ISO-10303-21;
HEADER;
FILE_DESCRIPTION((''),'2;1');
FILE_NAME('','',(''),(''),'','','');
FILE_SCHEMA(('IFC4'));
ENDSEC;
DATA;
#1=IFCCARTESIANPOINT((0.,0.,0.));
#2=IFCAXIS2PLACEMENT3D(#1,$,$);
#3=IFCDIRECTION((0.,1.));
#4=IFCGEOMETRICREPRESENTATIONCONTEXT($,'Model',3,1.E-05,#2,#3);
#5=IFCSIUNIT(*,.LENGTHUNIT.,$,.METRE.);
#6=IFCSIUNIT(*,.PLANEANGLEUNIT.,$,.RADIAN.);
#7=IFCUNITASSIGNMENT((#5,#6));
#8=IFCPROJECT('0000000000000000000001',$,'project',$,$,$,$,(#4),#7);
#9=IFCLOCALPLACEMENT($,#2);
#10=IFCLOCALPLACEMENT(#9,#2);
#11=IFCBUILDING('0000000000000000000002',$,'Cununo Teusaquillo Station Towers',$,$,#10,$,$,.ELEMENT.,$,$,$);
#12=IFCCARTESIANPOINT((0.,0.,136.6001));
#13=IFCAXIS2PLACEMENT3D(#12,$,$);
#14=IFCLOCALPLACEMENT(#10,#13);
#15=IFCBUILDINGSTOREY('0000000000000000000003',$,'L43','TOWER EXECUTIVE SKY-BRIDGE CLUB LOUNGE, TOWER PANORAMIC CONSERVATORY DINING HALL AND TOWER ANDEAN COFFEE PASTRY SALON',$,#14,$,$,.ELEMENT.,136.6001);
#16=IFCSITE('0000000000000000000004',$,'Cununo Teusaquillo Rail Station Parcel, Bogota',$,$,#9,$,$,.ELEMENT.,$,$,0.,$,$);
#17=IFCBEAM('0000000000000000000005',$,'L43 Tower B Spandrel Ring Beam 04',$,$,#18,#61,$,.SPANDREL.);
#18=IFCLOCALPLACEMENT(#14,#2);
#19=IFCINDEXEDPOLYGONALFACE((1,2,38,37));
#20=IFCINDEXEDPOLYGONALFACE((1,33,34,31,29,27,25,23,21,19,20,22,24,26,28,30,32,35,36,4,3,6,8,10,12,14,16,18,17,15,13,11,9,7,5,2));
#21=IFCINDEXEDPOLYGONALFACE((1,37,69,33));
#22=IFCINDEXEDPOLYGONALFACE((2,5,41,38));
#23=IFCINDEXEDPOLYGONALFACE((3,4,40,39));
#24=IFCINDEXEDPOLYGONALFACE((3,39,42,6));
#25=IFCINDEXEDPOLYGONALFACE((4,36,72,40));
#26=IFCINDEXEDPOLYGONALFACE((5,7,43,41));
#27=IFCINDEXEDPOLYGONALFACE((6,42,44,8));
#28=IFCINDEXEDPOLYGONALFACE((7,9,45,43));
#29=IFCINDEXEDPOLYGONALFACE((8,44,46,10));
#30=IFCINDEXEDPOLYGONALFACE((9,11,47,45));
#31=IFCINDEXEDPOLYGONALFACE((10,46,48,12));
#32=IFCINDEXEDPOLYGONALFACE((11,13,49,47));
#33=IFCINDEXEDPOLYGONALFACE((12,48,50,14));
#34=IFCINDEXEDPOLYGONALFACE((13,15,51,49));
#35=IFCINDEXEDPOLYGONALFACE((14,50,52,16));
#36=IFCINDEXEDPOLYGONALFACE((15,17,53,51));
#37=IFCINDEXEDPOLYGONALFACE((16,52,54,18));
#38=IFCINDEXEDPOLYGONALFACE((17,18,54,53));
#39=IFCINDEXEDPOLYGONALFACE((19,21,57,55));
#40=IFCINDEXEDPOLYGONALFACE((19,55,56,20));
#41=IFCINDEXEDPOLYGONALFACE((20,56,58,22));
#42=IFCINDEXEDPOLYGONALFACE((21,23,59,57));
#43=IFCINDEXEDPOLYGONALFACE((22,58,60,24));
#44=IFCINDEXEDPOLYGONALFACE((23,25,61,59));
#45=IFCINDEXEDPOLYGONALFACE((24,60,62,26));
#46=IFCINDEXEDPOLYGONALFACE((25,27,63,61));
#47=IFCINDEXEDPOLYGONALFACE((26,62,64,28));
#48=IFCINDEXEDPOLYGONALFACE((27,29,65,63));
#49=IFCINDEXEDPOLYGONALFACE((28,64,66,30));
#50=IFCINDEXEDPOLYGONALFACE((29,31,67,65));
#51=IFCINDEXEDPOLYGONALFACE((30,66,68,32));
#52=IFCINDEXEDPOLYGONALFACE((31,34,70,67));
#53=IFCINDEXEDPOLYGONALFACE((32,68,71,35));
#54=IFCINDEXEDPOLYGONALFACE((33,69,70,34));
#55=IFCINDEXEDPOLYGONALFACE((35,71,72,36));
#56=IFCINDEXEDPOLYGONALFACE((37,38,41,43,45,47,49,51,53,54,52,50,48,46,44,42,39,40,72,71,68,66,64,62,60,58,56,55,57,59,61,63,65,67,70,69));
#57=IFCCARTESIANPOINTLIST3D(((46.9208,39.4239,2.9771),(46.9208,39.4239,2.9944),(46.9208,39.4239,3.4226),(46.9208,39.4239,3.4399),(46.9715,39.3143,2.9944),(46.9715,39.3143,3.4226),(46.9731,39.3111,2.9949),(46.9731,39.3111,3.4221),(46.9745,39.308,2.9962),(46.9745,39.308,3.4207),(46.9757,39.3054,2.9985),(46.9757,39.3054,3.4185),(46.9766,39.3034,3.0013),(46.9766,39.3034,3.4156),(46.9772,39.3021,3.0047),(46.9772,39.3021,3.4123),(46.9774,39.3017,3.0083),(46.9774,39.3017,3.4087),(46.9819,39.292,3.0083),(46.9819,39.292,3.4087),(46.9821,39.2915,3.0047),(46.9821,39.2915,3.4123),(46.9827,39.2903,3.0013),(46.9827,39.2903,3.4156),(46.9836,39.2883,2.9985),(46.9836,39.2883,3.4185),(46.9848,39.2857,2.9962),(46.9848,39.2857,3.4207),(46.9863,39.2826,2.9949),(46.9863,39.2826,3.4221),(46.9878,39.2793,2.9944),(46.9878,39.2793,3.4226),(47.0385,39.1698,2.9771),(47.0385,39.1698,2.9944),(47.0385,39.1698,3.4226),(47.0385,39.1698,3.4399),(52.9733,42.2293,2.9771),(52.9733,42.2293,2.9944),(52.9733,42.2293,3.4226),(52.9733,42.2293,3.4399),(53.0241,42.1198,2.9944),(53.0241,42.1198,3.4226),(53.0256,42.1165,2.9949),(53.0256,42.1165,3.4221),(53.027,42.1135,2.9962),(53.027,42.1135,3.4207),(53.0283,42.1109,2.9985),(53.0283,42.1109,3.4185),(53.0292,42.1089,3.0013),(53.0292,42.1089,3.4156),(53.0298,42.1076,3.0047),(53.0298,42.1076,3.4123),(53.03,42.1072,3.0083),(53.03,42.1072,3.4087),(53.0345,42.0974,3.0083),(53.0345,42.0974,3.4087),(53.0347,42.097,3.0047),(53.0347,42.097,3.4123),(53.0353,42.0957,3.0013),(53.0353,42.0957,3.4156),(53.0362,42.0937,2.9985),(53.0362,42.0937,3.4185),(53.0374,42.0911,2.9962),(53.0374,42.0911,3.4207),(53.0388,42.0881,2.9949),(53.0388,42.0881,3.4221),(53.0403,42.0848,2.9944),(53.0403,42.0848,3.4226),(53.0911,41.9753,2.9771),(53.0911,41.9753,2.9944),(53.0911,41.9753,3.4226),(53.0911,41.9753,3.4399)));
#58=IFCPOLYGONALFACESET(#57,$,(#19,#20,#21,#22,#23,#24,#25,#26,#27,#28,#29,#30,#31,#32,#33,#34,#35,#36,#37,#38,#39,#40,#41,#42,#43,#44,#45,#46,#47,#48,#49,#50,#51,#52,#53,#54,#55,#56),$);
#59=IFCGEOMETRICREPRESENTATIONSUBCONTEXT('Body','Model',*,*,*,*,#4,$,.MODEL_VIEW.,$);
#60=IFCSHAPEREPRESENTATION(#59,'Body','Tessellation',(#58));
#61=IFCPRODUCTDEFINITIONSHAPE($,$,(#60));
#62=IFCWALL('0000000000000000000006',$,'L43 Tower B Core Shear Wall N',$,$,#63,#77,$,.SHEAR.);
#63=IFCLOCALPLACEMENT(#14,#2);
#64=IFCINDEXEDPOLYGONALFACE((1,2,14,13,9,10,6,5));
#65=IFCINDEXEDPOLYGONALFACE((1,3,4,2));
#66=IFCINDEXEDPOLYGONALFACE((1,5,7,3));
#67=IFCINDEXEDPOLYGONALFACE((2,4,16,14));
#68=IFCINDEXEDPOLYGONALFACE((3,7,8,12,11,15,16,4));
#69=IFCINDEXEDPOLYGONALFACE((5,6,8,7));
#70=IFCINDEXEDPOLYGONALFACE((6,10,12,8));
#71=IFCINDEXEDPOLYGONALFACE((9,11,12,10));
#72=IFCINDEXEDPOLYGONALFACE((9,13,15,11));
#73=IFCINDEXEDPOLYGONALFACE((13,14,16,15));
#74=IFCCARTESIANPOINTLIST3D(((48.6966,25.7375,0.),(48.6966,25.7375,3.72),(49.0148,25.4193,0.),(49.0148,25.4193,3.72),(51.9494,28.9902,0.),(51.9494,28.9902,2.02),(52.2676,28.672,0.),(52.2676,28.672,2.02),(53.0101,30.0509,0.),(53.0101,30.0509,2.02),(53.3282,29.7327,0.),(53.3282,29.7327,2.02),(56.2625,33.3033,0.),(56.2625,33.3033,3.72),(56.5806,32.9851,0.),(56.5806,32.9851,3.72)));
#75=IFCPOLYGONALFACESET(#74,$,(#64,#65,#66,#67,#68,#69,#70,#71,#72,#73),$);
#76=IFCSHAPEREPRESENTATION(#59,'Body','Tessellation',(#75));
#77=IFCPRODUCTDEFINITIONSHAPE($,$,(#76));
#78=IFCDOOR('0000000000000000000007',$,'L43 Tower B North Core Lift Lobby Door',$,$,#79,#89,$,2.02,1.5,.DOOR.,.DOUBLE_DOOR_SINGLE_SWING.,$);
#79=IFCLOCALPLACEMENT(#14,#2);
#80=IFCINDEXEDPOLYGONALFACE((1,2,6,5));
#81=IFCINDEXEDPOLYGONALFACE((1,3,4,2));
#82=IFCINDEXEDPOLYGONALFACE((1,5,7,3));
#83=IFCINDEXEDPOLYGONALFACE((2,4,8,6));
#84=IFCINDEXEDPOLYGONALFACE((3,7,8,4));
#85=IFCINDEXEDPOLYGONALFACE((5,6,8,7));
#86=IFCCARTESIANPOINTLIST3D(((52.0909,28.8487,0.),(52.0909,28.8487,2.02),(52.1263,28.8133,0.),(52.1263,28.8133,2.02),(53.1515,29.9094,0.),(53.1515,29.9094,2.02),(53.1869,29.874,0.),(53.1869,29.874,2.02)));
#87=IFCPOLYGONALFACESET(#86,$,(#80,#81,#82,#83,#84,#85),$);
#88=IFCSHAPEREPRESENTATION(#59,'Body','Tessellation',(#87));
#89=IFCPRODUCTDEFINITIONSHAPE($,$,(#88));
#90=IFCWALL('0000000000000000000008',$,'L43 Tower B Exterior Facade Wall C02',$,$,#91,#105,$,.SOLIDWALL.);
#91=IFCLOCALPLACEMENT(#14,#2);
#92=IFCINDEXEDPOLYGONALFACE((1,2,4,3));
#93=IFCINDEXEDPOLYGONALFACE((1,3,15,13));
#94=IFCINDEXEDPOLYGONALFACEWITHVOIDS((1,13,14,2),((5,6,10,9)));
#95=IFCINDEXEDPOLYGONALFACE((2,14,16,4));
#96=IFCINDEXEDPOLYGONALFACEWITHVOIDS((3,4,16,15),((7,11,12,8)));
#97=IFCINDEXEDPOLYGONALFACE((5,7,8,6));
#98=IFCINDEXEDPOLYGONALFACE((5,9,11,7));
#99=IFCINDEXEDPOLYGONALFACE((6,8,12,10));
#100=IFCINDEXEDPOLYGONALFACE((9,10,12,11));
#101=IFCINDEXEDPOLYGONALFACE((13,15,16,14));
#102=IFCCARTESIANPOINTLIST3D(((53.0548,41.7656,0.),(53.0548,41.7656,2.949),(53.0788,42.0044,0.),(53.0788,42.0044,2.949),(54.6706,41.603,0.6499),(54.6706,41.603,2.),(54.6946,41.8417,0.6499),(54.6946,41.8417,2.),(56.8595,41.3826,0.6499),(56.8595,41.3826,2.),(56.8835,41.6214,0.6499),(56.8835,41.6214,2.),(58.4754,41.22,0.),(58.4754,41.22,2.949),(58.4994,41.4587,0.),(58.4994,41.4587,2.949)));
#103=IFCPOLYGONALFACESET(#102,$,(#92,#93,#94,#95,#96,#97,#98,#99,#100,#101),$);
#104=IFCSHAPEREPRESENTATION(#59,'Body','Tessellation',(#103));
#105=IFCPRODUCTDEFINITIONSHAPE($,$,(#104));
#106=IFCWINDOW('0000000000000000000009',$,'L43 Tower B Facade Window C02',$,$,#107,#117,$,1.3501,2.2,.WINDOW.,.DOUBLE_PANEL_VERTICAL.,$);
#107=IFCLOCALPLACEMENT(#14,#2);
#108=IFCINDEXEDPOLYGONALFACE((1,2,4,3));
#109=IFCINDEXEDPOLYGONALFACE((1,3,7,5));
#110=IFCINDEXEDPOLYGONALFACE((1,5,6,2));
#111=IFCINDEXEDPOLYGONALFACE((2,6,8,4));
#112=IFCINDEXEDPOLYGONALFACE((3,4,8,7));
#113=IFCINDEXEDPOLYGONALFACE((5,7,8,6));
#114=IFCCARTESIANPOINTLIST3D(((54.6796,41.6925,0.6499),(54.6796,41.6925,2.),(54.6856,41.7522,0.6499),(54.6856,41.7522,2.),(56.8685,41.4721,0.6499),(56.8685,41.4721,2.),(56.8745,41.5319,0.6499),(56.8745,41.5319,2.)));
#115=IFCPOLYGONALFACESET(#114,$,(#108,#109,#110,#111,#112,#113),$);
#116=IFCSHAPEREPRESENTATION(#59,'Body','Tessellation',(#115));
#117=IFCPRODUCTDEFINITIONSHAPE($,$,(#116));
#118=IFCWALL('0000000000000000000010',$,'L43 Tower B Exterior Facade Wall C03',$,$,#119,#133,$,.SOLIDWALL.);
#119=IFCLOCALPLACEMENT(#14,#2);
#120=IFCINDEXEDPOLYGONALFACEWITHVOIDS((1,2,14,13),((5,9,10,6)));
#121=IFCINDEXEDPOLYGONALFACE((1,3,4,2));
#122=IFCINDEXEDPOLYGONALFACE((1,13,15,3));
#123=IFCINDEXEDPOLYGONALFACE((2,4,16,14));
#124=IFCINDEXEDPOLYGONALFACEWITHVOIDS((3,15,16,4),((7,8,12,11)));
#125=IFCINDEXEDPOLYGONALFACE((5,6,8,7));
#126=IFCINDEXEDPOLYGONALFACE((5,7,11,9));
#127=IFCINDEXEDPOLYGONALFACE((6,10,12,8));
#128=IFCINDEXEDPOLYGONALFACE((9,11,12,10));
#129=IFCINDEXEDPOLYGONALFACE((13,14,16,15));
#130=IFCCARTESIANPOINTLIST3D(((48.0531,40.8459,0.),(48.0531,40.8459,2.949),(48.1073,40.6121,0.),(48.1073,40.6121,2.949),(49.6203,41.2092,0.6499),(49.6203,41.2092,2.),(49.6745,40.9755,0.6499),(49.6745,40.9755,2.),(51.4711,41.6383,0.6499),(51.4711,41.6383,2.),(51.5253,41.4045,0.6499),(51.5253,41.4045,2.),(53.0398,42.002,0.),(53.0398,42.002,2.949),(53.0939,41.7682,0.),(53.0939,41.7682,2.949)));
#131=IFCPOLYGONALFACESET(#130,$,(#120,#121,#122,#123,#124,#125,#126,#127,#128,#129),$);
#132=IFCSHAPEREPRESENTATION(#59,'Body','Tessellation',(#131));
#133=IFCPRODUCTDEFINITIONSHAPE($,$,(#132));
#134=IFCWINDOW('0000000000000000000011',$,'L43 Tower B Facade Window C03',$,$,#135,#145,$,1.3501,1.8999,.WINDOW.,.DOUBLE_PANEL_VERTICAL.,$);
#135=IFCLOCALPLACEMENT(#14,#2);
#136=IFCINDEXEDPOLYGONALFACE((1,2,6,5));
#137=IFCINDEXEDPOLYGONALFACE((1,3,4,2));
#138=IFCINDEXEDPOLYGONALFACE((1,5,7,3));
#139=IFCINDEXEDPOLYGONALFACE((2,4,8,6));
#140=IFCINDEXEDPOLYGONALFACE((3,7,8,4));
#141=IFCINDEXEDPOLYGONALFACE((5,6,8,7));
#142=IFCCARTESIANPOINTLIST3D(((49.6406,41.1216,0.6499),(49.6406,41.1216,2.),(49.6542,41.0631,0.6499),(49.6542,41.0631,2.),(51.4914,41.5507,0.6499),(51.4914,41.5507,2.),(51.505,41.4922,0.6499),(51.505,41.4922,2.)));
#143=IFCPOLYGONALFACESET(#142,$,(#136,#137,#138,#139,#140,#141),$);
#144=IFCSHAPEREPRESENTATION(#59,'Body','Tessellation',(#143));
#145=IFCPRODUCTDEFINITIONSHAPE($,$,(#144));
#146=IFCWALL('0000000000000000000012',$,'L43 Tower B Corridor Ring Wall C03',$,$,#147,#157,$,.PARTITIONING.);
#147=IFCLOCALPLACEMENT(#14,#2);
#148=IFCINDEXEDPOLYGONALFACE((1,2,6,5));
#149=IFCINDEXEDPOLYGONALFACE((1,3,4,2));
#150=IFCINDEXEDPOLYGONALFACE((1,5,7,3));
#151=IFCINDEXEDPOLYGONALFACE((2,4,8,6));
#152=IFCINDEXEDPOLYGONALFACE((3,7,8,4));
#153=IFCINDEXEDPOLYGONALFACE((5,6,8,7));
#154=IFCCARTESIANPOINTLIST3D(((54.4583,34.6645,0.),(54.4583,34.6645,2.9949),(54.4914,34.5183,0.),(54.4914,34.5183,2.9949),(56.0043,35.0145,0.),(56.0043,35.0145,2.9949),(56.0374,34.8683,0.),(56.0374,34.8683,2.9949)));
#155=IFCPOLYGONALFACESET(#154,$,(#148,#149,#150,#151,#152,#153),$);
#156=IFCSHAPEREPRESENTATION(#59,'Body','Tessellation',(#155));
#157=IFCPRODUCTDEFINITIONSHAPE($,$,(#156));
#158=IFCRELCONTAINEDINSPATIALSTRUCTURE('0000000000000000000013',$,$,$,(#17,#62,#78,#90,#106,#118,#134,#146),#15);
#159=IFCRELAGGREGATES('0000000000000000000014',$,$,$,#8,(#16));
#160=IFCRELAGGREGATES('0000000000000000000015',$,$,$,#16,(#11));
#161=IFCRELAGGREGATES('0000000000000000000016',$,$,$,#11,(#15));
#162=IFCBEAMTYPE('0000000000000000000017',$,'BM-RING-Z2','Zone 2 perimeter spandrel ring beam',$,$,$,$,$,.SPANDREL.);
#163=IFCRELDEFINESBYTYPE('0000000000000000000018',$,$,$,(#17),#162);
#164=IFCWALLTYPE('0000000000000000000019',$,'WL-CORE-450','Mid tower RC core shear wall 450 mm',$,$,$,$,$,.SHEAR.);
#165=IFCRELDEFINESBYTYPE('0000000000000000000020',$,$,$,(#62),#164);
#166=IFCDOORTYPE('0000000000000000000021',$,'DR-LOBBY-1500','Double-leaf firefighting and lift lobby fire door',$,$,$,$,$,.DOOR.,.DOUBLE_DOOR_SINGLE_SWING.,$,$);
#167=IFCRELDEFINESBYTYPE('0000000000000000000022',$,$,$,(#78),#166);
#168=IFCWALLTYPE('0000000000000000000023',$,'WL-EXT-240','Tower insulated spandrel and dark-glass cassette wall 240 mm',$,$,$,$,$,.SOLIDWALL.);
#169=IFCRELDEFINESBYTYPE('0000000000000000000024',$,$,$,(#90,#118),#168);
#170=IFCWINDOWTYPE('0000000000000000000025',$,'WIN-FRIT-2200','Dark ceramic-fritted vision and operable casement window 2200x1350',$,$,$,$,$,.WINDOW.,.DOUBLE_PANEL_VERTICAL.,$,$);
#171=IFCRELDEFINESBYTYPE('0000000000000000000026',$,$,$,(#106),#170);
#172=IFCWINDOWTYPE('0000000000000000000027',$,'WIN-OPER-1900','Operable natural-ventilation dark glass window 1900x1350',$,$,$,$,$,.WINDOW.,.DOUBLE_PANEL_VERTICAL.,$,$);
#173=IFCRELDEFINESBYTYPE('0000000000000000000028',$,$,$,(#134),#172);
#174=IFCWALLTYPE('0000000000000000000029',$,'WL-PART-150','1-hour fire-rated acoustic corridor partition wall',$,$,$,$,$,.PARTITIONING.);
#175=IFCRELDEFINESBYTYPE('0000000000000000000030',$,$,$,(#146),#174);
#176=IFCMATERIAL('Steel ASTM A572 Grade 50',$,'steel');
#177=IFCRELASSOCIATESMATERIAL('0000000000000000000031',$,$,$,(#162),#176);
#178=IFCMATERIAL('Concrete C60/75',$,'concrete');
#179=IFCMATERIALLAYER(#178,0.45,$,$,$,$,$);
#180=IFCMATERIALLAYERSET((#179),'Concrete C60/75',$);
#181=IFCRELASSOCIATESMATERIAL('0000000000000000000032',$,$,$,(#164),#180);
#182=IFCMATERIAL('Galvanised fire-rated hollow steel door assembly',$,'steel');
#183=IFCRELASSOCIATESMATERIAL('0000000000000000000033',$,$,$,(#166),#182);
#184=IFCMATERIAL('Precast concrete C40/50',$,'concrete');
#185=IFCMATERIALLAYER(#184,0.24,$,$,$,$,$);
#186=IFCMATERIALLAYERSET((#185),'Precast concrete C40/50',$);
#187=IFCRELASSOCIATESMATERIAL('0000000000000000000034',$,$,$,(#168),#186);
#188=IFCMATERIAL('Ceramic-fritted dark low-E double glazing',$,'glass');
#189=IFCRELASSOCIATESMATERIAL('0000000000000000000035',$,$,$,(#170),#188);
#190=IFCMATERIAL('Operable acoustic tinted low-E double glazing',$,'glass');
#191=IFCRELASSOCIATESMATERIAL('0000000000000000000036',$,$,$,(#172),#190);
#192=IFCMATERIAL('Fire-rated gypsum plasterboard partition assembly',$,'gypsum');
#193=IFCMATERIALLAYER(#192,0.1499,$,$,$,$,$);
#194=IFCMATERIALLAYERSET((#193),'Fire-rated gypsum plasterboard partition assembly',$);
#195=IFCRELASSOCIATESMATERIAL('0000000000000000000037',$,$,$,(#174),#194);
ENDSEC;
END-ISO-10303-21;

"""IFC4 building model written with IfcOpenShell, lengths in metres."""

from ifc_helpers import new_model, si_unit, direction, frame, frame_2d, origin, origin_2d, place, context, subcontext, project, spatial, rectangle, i_section, extrude, source, transform, mapped, material, layer, layer_set, material_profile, profile_set, type_object, element, fill, save


model = new_model("IFC4")

# Units and contexts
model_context = context("Model", 3, precision=1e-05, world=origin(), true_north=direction((0.0, 1.0)))
body_context = subcontext(model_context, "Body", "Model", "MODEL_VIEW")
ifc_project = project(units=[si_unit("LENGTHUNIT", "METRE"), si_unit("PLANEANGLEUNIT", "RADIAN")], contexts=[model_context])

# Site, building, storey
site_placement = place(None, origin())
site = spatial("IfcSite", under=ifc_project, at=site_placement, Name="Cununo Teusaquillo Rail Station Parcel, Bogota", CompositionType="ELEMENT", RefElevation=0.0)
building_placement = place(site_placement, origin())
building = spatial("IfcBuilding", under=site, at=building_placement, Name="Cununo Teusaquillo Station Towers", CompositionType="ELEMENT")
storey_placement = place(building_placement, frame((0.0, 0.0, 136.6001)))
storey = spatial("IfcBuildingStorey", under=building, at=storey_placement, Name="L43", Description="TOWER EXECUTIVE SKY-BRIDGE CLUB LOUNGE, TOWER PANORAMIC CONSERVATORY DINING HALL AND TOWER ANDEAN COFFEE PASTRY SALON", CompositionType="ELEMENT", Elevation=136.6001)

# Beam
ifc_material_1 = material(Name="Steel ASTM A572 Grade 50", Category="steel")
ifc_material_profile_1 = material_profile(ifc_material_1, i_section(OverallWidth=0.28, OverallDepth=0.4629, WebThickness=0.0107, FlangeThickness=0.0173, FilletRadius=0.0139, at=origin_2d()), Name="W18X76")
ifc_profile_set_1 = profile_set([ifc_material_profile_1], Name="Steel ASTM A572 Grade 50")
beam_type_1 = type_object("IfcBeamType", Name="BM-RING-Z2", Description="Zone 2 perimeter spandrel ring beam", PredefinedType="SPANDREL", material=ifc_profile_set_1)
beam_1_placement = place(storey_placement, frame((53.0322, 42.1023, 3.2085), z_axis=(-0.907276, -0.420536, 0.0), x_axis=(0.420536, -0.907276, 0.0)))
element("IfcBeam", 1, at=beam_1_placement, inside=storey, type_object=beam_type_1, Name="L43 Tower B Spandrel Ring Beam 04", PredefinedType="SPANDREL", context=body_context, shape_type="SweptSolid", body=[
    extrude(i_section(OverallWidth=0.28, OverallDepth=0.4629, WebThickness=0.0107, FlangeThickness=0.0173, FilletRadius=0.0139, at=origin_2d()), origin(), (0.0, 0.0, 1.0), 6.6711),
])

# Wall, opening, door
ifc_material_2 = material(Name="Concrete C60/75", Category="concrete")
ifc_layer_1 = layer(ifc_material_2, 0.45)
ifc_layer_set_1 = layer_set([ifc_layer_1], Name="Concrete C60/75")
wall_type_1 = type_object("IfcWallType", Name="WL-CORE-450", Description="Mid tower RC core shear wall 450 mm", PredefinedType="SHEAR", material=ifc_layer_set_1)
wall_1_placement = place(storey_placement, frame((48.8557, 25.5784, 0.0), z_axis=(0.0, 0.0, 1.0), x_axis=(0.707107, 0.707107, 0.0)))
wall_1 = element("IfcWall", 2, at=wall_1_placement, inside=storey, type_object=wall_type_1, Name="L43 Tower B Core Shear Wall N", PredefinedType="SHEAR", context=body_context, shape_type="SweptSolid", body=[
    extrude(rectangle(XDim=10.6997, YDim=0.45, at=frame_2d((5.3499, 0.0))), origin(), (0.0, 0.0, 1.0), 3.72),
])
shared_shape_1 = source(origin(), body_context, "Body", "SweptSolid", [
    extrude(rectangle(XDim=1.5, YDim=2.02, at=frame_2d((0.75, 1.01))), frame((0.0, 0.2349, 0.0), z_axis=(0.0, -1.0, 0.0), x_axis=(1.0, 0.0, 0.0)), (0.0, 0.0, 1.0), 0.47),
])
opening_1_placement = place(wall_1_placement, frame((4.6001, 0.0, 0.0)))
opening_1 = element("IfcOpeningElement", 3, at=opening_1_placement, cuts=wall_1, PredefinedType="OPENING", context=body_context, shape_type="MappedRepresentation", body=[
    mapped(shared_shape_1, transform((0.0, 0.0, 0.0), x_axis=(1.0, 0.0, 0.0), y_axis=(0.0, 1.0, 0.0), z_axis=(0.0, 0.0, 1.0), scale=1.0)),
])
ifc_material_3 = material(Name="Galvanised fire-rated hollow steel door assembly", Category="steel")
door_type_1 = type_object("IfcDoorType", Name="DR-LOBBY-1500", Description="Double-leaf firefighting and lift lobby fire door", OperationType="DOUBLE_DOOR_SINGLE_SWING", PredefinedType="DOOR", material=ifc_material_3)
shared_shape_2 = source(origin(), body_context, "Body", "SweptSolid", [
    extrude(rectangle(XDim=1.5, YDim=2.02, at=frame_2d((0.75, 1.01))), frame((0.0, 0.0249, 0.0), z_axis=(0.0, -1.0, 0.0), x_axis=(1.0, 0.0, 0.0)), (0.0, 0.0, 1.0), 0.05),
])
door_1_placement = place(opening_1_placement, origin())
door_1 = element("IfcDoor", 4, at=door_1_placement, inside=storey, type_object=door_type_1, Name="L43 Tower B North Core Lift Lobby Door", OperationType="DOUBLE_DOOR_SINGLE_SWING", OverallHeight=2.02, OverallWidth=1.5, PredefinedType="DOOR", context=body_context, shape_type="MappedRepresentation", body=[
    mapped(shared_shape_2, transform((0.0, 0.0, 0.0), x_axis=(1.0, 0.0, 0.0), y_axis=(0.0, 1.0, 0.0), z_axis=(0.0, 0.0, 1.0), scale=1.0)),
])
fill(opening_1, door_1)

# Walls, openings, windows
ifc_material_4 = material(Name="Precast concrete C40/50", Category="concrete")
ifc_layer_2 = layer(ifc_material_4, 0.24)
ifc_layer_set_2 = layer_set([ifc_layer_2], Name="Precast concrete C40/50")
wall_type_2 = type_object("IfcWallType", Name="WL-EXT-240", Description="Tower insulated spandrel and dark-glass cassette wall 240 mm", PredefinedType="SOLIDWALL", material=ifc_layer_set_2)
wall_2_placement = place(storey_placement, frame((53.0667, 41.885, 0.0), z_axis=(0.0, 0.0, 1.0), x_axis=(0.994972, -0.100156, 0.0)))
wall_2 = element("IfcWall", 5, at=wall_2_placement, inside=storey, type_object=wall_type_2, Name="L43 Tower B Exterior Facade Wall C02", PredefinedType="SOLIDWALL", context=body_context, shape_type="SweptSolid", body=[
    extrude(rectangle(XDim=5.448, YDim=0.24, at=frame_2d((2.7241, 0.0))), origin(), (0.0, 0.0, 1.0), 2.949),
])
shared_shape_3 = source(origin(), body_context, "Body", "SweptSolid", [
    extrude(rectangle(XDim=2.2, YDim=1.3501, at=frame_2d((1.1001, 0.675))), frame((0.0, 0.1299, 0.0), z_axis=(0.0, -1.0, 0.0), x_axis=(1.0, 0.0, 0.0)), (0.0, 0.0, 1.0), 0.26),
])
opening_2_placement = place(wall_2_placement, frame((1.624, 0.0, 0.6499)))
opening_2 = element("IfcOpeningElement", 6, at=opening_2_placement, cuts=wall_2, PredefinedType="OPENING", context=body_context, shape_type="MappedRepresentation", body=[
    mapped(shared_shape_3, transform((0.0, 0.0, 0.0), x_axis=(1.0, 0.0, 0.0), y_axis=(0.0, 1.0, 0.0), z_axis=(0.0, 0.0, 1.0), scale=1.0)),
])
ifc_material_5 = material(Name="Ceramic-fritted dark low-E double glazing", Category="glass")
window_type_1 = type_object("IfcWindowType", Name="WIN-FRIT-2200", Description="Dark ceramic-fritted vision and operable casement window 2200x1350", PartitioningType="DOUBLE_PANEL_VERTICAL", PredefinedType="WINDOW", material=ifc_material_5)
shared_shape_4 = source(origin(), body_context, "Body", "SweptSolid", [
    extrude(rectangle(XDim=2.2, YDim=1.3501, at=frame_2d((1.1001, 0.675))), frame((0.0, 0.03, 0.0), z_axis=(0.0, -1.0, 0.0), x_axis=(1.0, 0.0, 0.0)), (0.0, 0.0, 1.0), 0.0601),
])
window_1_placement = place(opening_2_placement, origin())
window_1 = element("IfcWindow", 7, at=window_1_placement, inside=storey, type_object=window_type_1, Name="L43 Tower B Facade Window C02", OverallHeight=1.3501, OverallWidth=2.2, PartitioningType="DOUBLE_PANEL_VERTICAL", PredefinedType="WINDOW", context=body_context, shape_type="MappedRepresentation", body=[
    mapped(shared_shape_4, transform((0.0, 0.0, 0.0), x_axis=(1.0, 0.0, 0.0), y_axis=(0.0, 1.0, 0.0), z_axis=(0.0, 0.0, 1.0), scale=1.0)),
])
fill(opening_2, window_1)
wall_3_placement = place(storey_placement, frame((48.0801, 40.729, 0.0), z_axis=(0.0, 0.0, 1.0), x_axis=(0.974166, 0.225835, 0.0)))
wall_3 = element("IfcWall", 8, at=wall_3_placement, inside=storey, type_object=wall_type_2, Name="L43 Tower B Exterior Facade Wall C03", PredefinedType="SOLIDWALL", context=body_context, shape_type="SweptSolid", body=[
    extrude(rectangle(XDim=5.1189, YDim=0.24, at=frame_2d((2.5596, 0.0))), origin(), (0.0, 0.0, 1.0), 2.949),
])
shared_shape_5 = source(origin(), body_context, "Body", "SweptSolid", [
    extrude(rectangle(XDim=1.8999, YDim=1.3501, at=frame_2d((0.95, 0.675))), frame((0.0, 0.1299, 0.0), z_axis=(0.0, -1.0, 0.0), x_axis=(1.0, 0.0, 0.0)), (0.0, 0.0, 1.0), 0.26),
])
opening_3_placement = place(wall_3_placement, frame((1.6089, 0.0, 0.6499)))
opening_3 = element("IfcOpeningElement", 9, at=opening_3_placement, cuts=wall_3, PredefinedType="OPENING", context=body_context, shape_type="MappedRepresentation", body=[
    mapped(shared_shape_5, transform((0.0, 0.0, 0.0), x_axis=(1.0, 0.0, 0.0), y_axis=(0.0, 1.0, 0.0), z_axis=(0.0, 0.0, 1.0), scale=1.0)),
])
ifc_material_6 = material(Name="Operable acoustic tinted low-E double glazing", Category="glass")
window_type_2 = type_object("IfcWindowType", Name="WIN-OPER-1900", Description="Operable natural-ventilation dark glass window 1900x1350", PartitioningType="DOUBLE_PANEL_VERTICAL", PredefinedType="WINDOW", material=ifc_material_6)
shared_shape_6 = source(origin(), body_context, "Body", "SweptSolid", [
    extrude(rectangle(XDim=1.8999, YDim=1.3501, at=frame_2d((0.95, 0.675))), frame((0.0, 0.03, 0.0), z_axis=(0.0, -1.0, 0.0), x_axis=(1.0, 0.0, 0.0)), (0.0, 0.0, 1.0), 0.0601),
])
window_2_placement = place(opening_3_placement, origin())
window_2 = element("IfcWindow", 10, at=window_2_placement, inside=storey, type_object=window_type_2, Name="L43 Tower B Facade Window C03", OverallHeight=1.3501, OverallWidth=1.8999, PartitioningType="DOUBLE_PANEL_VERTICAL", PredefinedType="WINDOW", context=body_context, shape_type="MappedRepresentation", body=[
    mapped(shared_shape_6, transform((0.0, 0.0, 0.0), x_axis=(1.0, 0.0, 0.0), y_axis=(0.0, 1.0, 0.0), z_axis=(0.0, 0.0, 1.0), scale=1.0)),
])
fill(opening_3, window_2)

# Wall
ifc_material_7 = material(Name="Fire-rated gypsum plasterboard partition assembly", Category="gypsum")
ifc_layer_3 = layer(ifc_material_7, 0.1499)
ifc_layer_set_3 = layer_set([ifc_layer_3], Name="Fire-rated gypsum plasterboard partition assembly")
wall_type_3 = type_object("IfcWallType", Name="WL-PART-150", Description="1-hour fire-rated acoustic corridor partition wall", PredefinedType="PARTITIONING", material=ifc_layer_set_3)
wall_4_placement = place(storey_placement, frame((56.0208, 34.9414, 0.0), z_axis=(0.0, 0.0, 1.0), x_axis=(-0.97531, -0.220842, 0.0)))
element("IfcWall", 11, at=wall_4_placement, inside=storey, type_object=wall_type_3, Name="L43 Tower B Corridor Ring Wall C03", PredefinedType="PARTITIONING", context=body_context, shape_type="SweptSolid", body=[
    extrude(rectangle(XDim=1.5852, YDim=0.1499, at=frame_2d((0.7925, 0.0))), origin(), (0.0, 0.0, 1.0), 2.9949),
])

save(model, "model.ifc")
